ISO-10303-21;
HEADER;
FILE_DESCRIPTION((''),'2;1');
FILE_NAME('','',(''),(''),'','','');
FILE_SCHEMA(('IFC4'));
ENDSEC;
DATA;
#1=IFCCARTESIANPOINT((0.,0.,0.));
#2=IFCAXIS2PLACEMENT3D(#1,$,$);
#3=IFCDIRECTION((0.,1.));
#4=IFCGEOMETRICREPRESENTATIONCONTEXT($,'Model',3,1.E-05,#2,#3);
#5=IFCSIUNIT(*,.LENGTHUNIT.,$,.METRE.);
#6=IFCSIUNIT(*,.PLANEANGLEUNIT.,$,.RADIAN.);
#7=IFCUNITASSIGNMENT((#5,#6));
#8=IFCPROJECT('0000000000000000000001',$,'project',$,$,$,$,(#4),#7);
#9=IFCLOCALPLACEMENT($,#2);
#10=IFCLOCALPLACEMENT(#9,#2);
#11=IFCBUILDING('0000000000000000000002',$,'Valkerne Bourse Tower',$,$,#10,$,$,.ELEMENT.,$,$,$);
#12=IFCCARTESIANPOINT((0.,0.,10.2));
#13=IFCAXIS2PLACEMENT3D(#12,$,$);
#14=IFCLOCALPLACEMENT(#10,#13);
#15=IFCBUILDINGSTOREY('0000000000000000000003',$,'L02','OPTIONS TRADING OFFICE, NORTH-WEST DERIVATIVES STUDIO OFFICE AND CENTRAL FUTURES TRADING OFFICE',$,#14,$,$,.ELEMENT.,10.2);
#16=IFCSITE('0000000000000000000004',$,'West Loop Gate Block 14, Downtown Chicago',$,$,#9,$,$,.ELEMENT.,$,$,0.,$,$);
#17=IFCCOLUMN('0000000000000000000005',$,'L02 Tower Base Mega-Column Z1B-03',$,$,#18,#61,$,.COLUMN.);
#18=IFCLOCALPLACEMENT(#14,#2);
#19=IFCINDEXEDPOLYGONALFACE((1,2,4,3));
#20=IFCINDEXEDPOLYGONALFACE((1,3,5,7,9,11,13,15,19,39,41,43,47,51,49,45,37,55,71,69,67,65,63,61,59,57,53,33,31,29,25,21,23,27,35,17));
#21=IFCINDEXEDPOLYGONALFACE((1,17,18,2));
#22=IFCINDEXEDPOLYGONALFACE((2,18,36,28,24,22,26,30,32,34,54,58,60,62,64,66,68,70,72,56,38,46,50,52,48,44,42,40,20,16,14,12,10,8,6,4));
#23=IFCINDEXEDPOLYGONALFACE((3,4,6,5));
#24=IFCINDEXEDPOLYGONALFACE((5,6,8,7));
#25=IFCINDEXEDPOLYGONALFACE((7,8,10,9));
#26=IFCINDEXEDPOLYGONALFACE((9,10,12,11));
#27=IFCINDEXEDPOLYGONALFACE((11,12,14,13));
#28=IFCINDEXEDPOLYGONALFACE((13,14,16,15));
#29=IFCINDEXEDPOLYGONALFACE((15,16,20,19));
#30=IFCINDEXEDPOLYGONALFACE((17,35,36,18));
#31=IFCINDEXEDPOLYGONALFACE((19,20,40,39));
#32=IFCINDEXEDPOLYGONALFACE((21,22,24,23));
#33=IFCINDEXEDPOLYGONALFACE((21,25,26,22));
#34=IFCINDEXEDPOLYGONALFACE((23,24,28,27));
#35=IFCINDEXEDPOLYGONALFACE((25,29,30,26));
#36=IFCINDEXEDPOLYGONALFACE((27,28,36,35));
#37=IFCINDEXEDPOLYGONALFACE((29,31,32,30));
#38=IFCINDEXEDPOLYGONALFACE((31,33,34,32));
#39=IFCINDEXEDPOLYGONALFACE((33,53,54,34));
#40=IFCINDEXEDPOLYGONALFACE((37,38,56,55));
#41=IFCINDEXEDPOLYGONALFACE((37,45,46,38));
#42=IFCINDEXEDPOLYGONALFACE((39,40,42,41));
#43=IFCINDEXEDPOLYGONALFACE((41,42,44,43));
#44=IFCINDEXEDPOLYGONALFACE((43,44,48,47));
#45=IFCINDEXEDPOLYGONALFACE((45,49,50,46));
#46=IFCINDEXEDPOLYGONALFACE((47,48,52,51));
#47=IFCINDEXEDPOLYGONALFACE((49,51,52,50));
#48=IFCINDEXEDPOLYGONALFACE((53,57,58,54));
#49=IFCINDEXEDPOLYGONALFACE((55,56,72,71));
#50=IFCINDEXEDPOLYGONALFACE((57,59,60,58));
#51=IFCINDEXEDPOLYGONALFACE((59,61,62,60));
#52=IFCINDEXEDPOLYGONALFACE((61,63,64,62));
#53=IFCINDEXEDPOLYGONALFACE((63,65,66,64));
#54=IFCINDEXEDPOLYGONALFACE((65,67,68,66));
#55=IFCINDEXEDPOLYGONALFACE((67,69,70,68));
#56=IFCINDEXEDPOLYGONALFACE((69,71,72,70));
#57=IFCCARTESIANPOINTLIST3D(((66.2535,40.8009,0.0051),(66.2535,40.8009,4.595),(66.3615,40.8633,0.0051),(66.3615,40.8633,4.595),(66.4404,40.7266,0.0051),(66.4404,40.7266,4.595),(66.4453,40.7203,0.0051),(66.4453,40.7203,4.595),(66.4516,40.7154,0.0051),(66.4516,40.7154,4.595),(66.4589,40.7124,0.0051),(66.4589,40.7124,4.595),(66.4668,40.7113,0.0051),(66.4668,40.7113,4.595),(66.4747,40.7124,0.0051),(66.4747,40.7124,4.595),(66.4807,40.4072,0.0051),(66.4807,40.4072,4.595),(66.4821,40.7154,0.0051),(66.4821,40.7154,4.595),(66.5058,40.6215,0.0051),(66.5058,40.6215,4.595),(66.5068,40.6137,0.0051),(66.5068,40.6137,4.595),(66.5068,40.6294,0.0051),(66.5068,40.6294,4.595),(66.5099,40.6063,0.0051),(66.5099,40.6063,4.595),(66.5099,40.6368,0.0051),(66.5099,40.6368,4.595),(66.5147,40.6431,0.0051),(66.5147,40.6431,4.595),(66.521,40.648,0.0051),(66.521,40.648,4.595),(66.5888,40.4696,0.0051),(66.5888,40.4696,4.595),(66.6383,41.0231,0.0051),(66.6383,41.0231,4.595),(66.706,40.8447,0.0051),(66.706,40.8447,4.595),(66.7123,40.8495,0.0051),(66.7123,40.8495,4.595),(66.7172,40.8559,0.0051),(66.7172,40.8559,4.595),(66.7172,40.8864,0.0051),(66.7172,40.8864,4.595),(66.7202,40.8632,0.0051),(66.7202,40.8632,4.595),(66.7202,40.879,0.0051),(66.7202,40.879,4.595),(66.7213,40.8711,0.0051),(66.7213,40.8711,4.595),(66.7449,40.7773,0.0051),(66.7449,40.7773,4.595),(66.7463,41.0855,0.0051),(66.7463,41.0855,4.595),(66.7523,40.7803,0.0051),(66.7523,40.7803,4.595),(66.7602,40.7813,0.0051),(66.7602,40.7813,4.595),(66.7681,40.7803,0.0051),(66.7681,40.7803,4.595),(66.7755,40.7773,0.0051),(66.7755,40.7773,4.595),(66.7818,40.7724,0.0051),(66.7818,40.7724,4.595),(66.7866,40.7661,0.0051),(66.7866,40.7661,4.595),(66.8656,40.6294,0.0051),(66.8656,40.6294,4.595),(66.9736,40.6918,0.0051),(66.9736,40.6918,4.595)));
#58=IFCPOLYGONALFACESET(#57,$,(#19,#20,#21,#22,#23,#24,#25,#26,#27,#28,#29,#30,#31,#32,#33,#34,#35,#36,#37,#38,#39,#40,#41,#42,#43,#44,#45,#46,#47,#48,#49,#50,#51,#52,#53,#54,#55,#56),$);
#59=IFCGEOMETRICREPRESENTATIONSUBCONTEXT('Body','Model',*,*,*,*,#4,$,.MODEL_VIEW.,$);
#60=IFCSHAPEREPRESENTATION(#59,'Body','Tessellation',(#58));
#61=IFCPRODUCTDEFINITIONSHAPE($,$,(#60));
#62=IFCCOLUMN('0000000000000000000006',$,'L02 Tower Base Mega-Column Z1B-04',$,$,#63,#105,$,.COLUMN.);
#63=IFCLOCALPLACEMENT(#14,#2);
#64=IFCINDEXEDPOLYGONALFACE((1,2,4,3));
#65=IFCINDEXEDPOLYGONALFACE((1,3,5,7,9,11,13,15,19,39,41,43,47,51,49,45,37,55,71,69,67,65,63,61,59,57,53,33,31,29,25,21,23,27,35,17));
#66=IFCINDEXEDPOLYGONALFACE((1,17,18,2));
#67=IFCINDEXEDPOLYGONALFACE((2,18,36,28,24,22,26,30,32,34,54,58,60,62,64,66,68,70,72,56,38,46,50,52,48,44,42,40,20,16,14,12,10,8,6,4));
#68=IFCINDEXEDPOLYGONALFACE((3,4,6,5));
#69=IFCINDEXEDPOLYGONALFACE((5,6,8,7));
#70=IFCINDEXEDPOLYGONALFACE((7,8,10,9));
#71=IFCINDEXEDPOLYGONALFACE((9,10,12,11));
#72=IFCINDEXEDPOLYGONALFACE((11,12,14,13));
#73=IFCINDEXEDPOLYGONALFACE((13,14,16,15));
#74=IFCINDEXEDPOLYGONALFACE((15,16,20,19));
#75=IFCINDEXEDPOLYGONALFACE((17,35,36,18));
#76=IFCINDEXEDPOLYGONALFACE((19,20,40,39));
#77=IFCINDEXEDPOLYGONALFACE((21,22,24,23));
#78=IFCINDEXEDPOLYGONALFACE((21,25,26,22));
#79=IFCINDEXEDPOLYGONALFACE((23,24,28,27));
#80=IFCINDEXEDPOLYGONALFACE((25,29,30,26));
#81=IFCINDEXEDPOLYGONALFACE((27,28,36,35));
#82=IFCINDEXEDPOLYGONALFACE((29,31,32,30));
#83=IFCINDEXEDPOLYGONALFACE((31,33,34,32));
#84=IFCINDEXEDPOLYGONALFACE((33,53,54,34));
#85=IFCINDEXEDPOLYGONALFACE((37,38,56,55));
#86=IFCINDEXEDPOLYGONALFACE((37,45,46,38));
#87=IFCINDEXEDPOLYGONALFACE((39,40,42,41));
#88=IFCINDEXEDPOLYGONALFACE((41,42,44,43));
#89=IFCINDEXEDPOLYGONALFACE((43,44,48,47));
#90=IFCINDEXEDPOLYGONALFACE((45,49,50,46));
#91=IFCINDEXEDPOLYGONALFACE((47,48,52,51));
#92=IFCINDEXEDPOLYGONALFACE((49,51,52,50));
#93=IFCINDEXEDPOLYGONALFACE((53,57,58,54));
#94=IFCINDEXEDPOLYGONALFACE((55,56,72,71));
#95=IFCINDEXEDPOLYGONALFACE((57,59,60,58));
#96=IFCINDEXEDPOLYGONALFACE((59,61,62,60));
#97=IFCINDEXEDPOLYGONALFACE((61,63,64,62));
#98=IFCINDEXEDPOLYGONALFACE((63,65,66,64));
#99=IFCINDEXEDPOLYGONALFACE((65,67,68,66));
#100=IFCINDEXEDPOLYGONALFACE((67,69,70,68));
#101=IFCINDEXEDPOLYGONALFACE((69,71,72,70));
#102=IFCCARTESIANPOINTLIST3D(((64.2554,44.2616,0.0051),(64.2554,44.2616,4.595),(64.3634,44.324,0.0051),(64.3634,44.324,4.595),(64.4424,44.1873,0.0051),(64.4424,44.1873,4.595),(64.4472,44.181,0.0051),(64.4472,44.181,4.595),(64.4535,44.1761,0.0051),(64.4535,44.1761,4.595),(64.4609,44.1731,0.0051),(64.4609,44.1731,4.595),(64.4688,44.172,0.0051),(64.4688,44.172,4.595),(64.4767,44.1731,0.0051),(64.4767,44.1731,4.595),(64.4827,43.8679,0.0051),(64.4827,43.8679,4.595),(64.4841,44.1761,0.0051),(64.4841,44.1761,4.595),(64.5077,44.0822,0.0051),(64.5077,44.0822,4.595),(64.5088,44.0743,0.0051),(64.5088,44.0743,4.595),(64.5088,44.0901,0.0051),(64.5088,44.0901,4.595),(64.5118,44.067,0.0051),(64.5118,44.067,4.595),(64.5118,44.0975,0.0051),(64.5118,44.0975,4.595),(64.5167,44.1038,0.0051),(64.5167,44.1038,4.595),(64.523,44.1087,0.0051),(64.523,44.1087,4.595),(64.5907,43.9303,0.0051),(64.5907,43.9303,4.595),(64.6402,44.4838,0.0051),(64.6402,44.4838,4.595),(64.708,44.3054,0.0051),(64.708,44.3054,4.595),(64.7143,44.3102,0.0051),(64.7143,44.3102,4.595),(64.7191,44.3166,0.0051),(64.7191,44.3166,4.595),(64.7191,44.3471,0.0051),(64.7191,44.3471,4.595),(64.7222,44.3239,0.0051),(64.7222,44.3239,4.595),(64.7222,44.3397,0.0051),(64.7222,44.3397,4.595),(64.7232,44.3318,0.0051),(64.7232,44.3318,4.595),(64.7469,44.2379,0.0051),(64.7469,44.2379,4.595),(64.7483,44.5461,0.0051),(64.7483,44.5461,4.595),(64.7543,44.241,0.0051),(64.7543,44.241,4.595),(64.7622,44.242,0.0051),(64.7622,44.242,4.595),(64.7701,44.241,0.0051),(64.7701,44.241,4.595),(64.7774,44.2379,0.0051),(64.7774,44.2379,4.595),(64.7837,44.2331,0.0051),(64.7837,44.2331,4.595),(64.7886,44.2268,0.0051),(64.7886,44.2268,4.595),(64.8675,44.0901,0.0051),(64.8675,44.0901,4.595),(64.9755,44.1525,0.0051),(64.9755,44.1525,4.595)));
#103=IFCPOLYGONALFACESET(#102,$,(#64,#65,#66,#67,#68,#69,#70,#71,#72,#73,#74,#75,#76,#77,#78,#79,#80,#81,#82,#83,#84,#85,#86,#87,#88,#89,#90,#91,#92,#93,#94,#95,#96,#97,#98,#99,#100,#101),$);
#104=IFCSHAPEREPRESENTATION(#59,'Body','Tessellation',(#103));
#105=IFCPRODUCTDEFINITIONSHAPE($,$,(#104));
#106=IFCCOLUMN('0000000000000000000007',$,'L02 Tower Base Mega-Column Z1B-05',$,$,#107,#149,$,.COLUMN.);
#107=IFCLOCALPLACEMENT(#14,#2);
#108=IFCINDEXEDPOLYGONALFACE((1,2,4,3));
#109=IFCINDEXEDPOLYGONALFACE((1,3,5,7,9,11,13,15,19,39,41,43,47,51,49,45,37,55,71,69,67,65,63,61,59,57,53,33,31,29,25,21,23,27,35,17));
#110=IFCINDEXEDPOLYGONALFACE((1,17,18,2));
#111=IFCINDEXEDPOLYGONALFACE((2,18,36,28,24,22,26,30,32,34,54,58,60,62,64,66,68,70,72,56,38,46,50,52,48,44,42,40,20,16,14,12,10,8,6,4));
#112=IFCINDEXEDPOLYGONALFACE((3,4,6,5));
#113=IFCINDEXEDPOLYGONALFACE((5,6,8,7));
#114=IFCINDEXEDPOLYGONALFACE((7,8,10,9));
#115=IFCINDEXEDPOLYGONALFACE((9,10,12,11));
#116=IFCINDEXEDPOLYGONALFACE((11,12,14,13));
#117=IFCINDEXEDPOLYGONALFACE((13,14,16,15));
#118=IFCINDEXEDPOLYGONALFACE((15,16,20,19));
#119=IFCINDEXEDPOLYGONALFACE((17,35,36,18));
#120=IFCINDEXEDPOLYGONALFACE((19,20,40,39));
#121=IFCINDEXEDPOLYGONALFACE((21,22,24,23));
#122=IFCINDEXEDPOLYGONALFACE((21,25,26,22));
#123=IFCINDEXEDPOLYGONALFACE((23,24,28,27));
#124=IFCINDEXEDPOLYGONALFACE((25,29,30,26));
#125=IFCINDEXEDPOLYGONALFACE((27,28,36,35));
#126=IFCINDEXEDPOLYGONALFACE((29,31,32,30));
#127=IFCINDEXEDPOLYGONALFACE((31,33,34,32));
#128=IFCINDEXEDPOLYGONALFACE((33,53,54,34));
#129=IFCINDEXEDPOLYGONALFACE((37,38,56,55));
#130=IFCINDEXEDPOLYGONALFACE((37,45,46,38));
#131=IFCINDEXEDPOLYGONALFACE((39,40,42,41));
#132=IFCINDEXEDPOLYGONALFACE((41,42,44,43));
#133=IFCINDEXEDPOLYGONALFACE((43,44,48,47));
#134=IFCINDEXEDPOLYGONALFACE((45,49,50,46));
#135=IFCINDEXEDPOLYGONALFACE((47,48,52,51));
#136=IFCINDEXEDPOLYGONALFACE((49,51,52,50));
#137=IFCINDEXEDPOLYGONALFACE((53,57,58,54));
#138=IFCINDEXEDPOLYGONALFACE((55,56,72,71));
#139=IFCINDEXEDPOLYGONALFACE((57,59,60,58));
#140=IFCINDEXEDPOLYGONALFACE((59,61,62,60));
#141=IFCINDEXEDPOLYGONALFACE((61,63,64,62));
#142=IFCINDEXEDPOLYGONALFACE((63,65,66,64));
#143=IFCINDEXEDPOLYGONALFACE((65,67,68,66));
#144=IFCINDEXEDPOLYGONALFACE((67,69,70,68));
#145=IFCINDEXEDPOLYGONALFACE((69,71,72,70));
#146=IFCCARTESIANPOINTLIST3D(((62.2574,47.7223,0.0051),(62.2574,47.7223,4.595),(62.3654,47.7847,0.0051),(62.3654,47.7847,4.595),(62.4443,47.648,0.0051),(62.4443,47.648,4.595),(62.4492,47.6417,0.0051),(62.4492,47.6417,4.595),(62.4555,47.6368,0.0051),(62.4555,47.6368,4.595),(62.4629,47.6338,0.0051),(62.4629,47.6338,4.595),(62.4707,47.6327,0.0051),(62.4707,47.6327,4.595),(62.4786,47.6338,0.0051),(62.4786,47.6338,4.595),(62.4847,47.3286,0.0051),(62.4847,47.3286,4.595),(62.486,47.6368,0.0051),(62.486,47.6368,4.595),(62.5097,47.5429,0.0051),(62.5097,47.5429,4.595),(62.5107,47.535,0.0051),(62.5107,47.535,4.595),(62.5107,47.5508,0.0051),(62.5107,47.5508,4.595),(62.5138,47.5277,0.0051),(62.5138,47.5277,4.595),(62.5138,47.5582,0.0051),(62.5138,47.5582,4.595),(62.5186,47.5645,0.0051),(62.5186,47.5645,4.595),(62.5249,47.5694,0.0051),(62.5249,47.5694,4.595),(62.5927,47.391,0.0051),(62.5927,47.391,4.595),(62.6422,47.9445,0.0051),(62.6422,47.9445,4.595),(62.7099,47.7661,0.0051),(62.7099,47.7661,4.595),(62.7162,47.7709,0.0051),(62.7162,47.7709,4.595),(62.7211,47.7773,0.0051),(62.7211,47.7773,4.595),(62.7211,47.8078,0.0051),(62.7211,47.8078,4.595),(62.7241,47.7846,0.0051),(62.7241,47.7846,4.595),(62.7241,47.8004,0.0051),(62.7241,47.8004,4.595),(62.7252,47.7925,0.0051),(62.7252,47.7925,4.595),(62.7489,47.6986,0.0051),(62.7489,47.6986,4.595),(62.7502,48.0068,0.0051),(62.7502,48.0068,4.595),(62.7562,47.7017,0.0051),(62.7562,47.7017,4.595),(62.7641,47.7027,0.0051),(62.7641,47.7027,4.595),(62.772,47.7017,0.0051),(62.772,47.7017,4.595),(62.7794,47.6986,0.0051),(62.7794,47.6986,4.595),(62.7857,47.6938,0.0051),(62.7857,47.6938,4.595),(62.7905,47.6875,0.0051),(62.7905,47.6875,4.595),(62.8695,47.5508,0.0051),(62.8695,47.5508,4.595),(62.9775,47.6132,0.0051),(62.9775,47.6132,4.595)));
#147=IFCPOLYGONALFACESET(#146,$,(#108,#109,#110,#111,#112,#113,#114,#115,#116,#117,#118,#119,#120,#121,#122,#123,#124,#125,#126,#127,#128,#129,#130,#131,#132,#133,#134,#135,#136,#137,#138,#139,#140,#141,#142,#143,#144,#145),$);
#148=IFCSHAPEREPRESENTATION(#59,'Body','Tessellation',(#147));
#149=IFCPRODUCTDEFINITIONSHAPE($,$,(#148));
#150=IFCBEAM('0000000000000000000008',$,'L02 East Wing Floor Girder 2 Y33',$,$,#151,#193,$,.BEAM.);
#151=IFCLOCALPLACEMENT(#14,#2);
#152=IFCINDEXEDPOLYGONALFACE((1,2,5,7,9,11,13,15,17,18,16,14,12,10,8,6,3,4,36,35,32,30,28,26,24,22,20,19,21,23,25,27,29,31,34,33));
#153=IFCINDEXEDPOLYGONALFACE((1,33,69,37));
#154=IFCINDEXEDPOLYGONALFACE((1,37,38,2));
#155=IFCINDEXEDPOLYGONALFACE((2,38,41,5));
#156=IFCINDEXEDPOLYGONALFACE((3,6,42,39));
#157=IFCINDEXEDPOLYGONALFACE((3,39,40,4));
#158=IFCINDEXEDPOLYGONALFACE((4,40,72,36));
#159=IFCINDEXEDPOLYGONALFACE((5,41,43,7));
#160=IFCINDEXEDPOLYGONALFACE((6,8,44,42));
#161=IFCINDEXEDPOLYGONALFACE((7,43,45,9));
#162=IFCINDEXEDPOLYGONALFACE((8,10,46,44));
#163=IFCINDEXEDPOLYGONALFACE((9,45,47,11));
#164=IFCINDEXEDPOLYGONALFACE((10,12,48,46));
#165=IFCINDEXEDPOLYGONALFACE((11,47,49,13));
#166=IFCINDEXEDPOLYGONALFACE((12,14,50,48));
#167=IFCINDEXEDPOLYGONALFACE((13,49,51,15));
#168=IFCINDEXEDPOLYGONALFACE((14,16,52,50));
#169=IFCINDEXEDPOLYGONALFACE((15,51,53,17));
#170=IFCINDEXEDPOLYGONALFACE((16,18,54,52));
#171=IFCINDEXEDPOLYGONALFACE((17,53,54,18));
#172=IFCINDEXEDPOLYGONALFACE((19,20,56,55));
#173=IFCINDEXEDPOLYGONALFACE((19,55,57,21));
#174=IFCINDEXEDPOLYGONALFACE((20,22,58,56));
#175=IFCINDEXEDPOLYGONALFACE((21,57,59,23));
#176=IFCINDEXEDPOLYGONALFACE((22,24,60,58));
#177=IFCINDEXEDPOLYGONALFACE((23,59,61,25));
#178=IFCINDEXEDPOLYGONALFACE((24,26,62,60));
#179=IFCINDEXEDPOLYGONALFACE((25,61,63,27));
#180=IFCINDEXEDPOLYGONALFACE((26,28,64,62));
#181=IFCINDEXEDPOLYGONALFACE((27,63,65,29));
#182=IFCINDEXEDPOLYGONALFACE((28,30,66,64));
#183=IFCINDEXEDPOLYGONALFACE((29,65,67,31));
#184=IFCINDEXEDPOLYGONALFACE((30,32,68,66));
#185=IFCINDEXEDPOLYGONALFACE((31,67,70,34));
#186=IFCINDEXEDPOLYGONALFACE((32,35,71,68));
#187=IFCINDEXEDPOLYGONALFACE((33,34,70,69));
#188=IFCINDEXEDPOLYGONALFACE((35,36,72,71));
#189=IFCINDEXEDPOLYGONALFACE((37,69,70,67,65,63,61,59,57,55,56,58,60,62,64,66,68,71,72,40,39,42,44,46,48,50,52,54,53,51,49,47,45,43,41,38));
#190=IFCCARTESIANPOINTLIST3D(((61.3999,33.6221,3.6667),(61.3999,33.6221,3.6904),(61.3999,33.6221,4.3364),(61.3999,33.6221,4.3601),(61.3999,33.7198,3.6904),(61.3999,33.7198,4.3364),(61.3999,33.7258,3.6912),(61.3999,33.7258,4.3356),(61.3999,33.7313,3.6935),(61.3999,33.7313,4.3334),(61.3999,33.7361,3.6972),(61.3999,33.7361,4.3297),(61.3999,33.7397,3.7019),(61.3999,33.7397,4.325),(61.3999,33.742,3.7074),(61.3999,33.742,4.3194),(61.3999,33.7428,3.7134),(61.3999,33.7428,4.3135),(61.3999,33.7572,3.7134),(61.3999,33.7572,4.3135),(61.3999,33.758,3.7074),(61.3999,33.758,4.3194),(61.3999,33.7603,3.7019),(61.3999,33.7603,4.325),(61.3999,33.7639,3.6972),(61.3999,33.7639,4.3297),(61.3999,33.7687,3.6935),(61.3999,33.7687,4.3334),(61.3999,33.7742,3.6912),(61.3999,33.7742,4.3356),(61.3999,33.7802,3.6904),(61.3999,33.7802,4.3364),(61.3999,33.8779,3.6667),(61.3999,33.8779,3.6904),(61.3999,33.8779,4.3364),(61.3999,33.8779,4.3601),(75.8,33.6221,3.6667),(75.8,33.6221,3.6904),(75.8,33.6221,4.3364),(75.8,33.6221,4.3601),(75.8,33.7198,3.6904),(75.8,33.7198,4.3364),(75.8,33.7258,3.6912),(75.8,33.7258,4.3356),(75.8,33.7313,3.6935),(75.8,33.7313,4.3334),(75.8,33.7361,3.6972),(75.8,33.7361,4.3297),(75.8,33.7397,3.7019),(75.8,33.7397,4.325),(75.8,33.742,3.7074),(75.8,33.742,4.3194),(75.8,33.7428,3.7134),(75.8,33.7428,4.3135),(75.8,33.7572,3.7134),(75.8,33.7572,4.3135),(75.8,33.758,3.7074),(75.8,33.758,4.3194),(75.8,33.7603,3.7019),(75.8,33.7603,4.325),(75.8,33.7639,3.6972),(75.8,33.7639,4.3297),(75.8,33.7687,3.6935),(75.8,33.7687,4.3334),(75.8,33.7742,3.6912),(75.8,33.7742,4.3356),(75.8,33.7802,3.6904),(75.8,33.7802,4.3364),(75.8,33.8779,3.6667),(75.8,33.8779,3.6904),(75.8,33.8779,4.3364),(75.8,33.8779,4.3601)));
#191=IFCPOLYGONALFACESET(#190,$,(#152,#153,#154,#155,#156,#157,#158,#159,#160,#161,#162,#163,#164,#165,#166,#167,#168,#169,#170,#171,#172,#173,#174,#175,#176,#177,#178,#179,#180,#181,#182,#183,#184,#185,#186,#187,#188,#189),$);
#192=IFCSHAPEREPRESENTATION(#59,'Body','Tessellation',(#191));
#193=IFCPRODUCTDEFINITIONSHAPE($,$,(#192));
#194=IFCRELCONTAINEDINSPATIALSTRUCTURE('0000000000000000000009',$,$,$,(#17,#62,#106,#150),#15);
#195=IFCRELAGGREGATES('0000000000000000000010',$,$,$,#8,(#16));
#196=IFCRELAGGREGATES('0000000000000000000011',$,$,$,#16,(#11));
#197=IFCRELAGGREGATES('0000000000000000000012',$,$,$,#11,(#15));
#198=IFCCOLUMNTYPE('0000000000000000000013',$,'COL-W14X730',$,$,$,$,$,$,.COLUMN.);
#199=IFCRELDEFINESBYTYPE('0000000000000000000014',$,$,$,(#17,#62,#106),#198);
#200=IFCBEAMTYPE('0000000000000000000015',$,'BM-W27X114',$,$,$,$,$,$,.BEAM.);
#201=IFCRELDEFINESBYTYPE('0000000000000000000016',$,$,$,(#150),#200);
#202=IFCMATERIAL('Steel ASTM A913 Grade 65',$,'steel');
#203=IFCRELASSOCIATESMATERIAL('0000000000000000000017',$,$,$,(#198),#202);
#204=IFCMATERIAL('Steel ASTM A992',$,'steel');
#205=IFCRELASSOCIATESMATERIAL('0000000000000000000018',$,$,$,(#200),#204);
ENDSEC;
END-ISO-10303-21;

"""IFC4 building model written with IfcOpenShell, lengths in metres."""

from ifc_helpers import new_model, si_unit, direction, frame, origin, origin_2d, place, context, subcontext, project, spatial, i_section, extrude, material, material_profile, profile_set, type_object, element, save


model = new_model("IFC4")

# Units and contexts
model_context = context("Model", 3, precision=1e-05, world=origin(), true_north=direction((0.0, 1.0)))
body_context = subcontext(model_context, "Body", "Model", "MODEL_VIEW")
ifc_project = project(units=[si_unit("LENGTHUNIT", "METRE"), si_unit("PLANEANGLEUNIT", "RADIAN")], contexts=[model_context])

# Site, building, storey
site_placement = place(None, origin())
site = spatial("IfcSite", under=ifc_project, at=site_placement, Name="West Loop Gate Block 14, Downtown Chicago", CompositionType="ELEMENT", RefElevation=0.0)
building_placement = place(site_placement, origin())
building = spatial("IfcBuilding", under=site, at=building_placement, Name="Valkerne Bourse Tower", CompositionType="ELEMENT")
storey_placement = place(building_placement, frame((0.0, 0.0, 10.2)))
storey = spatial("IfcBuildingStorey", under=building, at=storey_placement, Name="L02", Description="OPTIONS TRADING OFFICE, NORTH-WEST DERIVATIVES STUDIO OFFICE AND CENTRAL FUTURES TRADING OFFICE", CompositionType="ELEMENT", Elevation=10.2)

# Columns
ifc_material_1 = material(Name="Steel ASTM A913 Grade 65", Category="steel")
ifc_material_profile_1 = material_profile(ifc_material_1, i_section(OverallWidth=0.4546, OverallDepth=0.5691, WebThickness=0.0779, FlangeThickness=0.1248, FilletRadius=0.0305, at=origin_2d()), Name="W14X730")
ifc_profile_set_1 = profile_set([ifc_material_profile_1], Name="Steel ASTM A913 Grade 65")
column_type_1 = type_object("IfcColumnType", Name="COL-W14X730", PredefinedType="COLUMN", material=ifc_profile_set_1)
for number, where, z_axis, x_axis, name in (
    (1, (66.6135, 40.7463, 0.0051), (0.0, 0.0, 1.0), (-0.5, 0.866025, 0.0), "L02 Tower Base Mega-Column Z1B-03"),
    (2, (64.6155, 44.207, 0.0051), (0.0, 0.0, 1.0), (-0.5, 0.866025, 0.0), "L02 Tower Base Mega-Column Z1B-04"),
    (3, (62.6174, 47.6677, 0.0051), (0.0, 0.0, 1.0), (-0.5, 0.866025, 0.0), "L02 Tower Base Mega-Column Z1B-05"),
):
    element("IfcColumn", number, at=place(storey_placement, frame(where, z_axis=z_axis, x_axis=x_axis)), inside=storey, type_object=column_type_1, Name=name, PredefinedType="COLUMN", context=body_context, shape_type="SweptSolid", body=[
        extrude(i_section(OverallWidth=0.4546, OverallDepth=0.5691, WebThickness=0.0779, FlangeThickness=0.1248, FilletRadius=0.0305, at=origin_2d()), origin(), (0.0, 0.0, 1.0), 4.5898),
    ])

# Beam
ifc_material_2 = material(Name="Steel ASTM A992", Category="steel")
ifc_material_profile_2 = material_profile(ifc_material_2, i_section(OverallWidth=0.2559, OverallDepth=0.6934, WebThickness=0.0144, FlangeThickness=0.0237, FilletRadius=0.0229, at=origin_2d()), Name="W27X114")
ifc_profile_set_2 = profile_set([ifc_material_profile_2], Name="Steel ASTM A992")
beam_type = type_object("IfcBeamType", Name="BM-W27X114", PredefinedType="BEAM", material=ifc_profile_set_2)
for number, where, z_axis, x_axis, name in (
    (4, (61.3999, 33.75, 4.0134), (1.0, 0.0, 0.0), (0.0, 1.0, 0.0), "L02 East Wing Floor Girder 2 Y33"),
):
    element("IfcBeam", number, at=place(storey_placement, frame(where, z_axis=z_axis, x_axis=x_axis)), inside=storey, type_object=beam_type, Name=name, PredefinedType="BEAM", context=body_context, shape_type="SweptSolid", body=[
        extrude(i_section(OverallWidth=0.2559, OverallDepth=0.6934, WebThickness=0.0144, FlangeThickness=0.0237, FilletRadius=0.0229, at=origin_2d()), origin(), (0.0, 0.0, 1.0), 14.4001),
    ])

save(model, "model.ifc")
